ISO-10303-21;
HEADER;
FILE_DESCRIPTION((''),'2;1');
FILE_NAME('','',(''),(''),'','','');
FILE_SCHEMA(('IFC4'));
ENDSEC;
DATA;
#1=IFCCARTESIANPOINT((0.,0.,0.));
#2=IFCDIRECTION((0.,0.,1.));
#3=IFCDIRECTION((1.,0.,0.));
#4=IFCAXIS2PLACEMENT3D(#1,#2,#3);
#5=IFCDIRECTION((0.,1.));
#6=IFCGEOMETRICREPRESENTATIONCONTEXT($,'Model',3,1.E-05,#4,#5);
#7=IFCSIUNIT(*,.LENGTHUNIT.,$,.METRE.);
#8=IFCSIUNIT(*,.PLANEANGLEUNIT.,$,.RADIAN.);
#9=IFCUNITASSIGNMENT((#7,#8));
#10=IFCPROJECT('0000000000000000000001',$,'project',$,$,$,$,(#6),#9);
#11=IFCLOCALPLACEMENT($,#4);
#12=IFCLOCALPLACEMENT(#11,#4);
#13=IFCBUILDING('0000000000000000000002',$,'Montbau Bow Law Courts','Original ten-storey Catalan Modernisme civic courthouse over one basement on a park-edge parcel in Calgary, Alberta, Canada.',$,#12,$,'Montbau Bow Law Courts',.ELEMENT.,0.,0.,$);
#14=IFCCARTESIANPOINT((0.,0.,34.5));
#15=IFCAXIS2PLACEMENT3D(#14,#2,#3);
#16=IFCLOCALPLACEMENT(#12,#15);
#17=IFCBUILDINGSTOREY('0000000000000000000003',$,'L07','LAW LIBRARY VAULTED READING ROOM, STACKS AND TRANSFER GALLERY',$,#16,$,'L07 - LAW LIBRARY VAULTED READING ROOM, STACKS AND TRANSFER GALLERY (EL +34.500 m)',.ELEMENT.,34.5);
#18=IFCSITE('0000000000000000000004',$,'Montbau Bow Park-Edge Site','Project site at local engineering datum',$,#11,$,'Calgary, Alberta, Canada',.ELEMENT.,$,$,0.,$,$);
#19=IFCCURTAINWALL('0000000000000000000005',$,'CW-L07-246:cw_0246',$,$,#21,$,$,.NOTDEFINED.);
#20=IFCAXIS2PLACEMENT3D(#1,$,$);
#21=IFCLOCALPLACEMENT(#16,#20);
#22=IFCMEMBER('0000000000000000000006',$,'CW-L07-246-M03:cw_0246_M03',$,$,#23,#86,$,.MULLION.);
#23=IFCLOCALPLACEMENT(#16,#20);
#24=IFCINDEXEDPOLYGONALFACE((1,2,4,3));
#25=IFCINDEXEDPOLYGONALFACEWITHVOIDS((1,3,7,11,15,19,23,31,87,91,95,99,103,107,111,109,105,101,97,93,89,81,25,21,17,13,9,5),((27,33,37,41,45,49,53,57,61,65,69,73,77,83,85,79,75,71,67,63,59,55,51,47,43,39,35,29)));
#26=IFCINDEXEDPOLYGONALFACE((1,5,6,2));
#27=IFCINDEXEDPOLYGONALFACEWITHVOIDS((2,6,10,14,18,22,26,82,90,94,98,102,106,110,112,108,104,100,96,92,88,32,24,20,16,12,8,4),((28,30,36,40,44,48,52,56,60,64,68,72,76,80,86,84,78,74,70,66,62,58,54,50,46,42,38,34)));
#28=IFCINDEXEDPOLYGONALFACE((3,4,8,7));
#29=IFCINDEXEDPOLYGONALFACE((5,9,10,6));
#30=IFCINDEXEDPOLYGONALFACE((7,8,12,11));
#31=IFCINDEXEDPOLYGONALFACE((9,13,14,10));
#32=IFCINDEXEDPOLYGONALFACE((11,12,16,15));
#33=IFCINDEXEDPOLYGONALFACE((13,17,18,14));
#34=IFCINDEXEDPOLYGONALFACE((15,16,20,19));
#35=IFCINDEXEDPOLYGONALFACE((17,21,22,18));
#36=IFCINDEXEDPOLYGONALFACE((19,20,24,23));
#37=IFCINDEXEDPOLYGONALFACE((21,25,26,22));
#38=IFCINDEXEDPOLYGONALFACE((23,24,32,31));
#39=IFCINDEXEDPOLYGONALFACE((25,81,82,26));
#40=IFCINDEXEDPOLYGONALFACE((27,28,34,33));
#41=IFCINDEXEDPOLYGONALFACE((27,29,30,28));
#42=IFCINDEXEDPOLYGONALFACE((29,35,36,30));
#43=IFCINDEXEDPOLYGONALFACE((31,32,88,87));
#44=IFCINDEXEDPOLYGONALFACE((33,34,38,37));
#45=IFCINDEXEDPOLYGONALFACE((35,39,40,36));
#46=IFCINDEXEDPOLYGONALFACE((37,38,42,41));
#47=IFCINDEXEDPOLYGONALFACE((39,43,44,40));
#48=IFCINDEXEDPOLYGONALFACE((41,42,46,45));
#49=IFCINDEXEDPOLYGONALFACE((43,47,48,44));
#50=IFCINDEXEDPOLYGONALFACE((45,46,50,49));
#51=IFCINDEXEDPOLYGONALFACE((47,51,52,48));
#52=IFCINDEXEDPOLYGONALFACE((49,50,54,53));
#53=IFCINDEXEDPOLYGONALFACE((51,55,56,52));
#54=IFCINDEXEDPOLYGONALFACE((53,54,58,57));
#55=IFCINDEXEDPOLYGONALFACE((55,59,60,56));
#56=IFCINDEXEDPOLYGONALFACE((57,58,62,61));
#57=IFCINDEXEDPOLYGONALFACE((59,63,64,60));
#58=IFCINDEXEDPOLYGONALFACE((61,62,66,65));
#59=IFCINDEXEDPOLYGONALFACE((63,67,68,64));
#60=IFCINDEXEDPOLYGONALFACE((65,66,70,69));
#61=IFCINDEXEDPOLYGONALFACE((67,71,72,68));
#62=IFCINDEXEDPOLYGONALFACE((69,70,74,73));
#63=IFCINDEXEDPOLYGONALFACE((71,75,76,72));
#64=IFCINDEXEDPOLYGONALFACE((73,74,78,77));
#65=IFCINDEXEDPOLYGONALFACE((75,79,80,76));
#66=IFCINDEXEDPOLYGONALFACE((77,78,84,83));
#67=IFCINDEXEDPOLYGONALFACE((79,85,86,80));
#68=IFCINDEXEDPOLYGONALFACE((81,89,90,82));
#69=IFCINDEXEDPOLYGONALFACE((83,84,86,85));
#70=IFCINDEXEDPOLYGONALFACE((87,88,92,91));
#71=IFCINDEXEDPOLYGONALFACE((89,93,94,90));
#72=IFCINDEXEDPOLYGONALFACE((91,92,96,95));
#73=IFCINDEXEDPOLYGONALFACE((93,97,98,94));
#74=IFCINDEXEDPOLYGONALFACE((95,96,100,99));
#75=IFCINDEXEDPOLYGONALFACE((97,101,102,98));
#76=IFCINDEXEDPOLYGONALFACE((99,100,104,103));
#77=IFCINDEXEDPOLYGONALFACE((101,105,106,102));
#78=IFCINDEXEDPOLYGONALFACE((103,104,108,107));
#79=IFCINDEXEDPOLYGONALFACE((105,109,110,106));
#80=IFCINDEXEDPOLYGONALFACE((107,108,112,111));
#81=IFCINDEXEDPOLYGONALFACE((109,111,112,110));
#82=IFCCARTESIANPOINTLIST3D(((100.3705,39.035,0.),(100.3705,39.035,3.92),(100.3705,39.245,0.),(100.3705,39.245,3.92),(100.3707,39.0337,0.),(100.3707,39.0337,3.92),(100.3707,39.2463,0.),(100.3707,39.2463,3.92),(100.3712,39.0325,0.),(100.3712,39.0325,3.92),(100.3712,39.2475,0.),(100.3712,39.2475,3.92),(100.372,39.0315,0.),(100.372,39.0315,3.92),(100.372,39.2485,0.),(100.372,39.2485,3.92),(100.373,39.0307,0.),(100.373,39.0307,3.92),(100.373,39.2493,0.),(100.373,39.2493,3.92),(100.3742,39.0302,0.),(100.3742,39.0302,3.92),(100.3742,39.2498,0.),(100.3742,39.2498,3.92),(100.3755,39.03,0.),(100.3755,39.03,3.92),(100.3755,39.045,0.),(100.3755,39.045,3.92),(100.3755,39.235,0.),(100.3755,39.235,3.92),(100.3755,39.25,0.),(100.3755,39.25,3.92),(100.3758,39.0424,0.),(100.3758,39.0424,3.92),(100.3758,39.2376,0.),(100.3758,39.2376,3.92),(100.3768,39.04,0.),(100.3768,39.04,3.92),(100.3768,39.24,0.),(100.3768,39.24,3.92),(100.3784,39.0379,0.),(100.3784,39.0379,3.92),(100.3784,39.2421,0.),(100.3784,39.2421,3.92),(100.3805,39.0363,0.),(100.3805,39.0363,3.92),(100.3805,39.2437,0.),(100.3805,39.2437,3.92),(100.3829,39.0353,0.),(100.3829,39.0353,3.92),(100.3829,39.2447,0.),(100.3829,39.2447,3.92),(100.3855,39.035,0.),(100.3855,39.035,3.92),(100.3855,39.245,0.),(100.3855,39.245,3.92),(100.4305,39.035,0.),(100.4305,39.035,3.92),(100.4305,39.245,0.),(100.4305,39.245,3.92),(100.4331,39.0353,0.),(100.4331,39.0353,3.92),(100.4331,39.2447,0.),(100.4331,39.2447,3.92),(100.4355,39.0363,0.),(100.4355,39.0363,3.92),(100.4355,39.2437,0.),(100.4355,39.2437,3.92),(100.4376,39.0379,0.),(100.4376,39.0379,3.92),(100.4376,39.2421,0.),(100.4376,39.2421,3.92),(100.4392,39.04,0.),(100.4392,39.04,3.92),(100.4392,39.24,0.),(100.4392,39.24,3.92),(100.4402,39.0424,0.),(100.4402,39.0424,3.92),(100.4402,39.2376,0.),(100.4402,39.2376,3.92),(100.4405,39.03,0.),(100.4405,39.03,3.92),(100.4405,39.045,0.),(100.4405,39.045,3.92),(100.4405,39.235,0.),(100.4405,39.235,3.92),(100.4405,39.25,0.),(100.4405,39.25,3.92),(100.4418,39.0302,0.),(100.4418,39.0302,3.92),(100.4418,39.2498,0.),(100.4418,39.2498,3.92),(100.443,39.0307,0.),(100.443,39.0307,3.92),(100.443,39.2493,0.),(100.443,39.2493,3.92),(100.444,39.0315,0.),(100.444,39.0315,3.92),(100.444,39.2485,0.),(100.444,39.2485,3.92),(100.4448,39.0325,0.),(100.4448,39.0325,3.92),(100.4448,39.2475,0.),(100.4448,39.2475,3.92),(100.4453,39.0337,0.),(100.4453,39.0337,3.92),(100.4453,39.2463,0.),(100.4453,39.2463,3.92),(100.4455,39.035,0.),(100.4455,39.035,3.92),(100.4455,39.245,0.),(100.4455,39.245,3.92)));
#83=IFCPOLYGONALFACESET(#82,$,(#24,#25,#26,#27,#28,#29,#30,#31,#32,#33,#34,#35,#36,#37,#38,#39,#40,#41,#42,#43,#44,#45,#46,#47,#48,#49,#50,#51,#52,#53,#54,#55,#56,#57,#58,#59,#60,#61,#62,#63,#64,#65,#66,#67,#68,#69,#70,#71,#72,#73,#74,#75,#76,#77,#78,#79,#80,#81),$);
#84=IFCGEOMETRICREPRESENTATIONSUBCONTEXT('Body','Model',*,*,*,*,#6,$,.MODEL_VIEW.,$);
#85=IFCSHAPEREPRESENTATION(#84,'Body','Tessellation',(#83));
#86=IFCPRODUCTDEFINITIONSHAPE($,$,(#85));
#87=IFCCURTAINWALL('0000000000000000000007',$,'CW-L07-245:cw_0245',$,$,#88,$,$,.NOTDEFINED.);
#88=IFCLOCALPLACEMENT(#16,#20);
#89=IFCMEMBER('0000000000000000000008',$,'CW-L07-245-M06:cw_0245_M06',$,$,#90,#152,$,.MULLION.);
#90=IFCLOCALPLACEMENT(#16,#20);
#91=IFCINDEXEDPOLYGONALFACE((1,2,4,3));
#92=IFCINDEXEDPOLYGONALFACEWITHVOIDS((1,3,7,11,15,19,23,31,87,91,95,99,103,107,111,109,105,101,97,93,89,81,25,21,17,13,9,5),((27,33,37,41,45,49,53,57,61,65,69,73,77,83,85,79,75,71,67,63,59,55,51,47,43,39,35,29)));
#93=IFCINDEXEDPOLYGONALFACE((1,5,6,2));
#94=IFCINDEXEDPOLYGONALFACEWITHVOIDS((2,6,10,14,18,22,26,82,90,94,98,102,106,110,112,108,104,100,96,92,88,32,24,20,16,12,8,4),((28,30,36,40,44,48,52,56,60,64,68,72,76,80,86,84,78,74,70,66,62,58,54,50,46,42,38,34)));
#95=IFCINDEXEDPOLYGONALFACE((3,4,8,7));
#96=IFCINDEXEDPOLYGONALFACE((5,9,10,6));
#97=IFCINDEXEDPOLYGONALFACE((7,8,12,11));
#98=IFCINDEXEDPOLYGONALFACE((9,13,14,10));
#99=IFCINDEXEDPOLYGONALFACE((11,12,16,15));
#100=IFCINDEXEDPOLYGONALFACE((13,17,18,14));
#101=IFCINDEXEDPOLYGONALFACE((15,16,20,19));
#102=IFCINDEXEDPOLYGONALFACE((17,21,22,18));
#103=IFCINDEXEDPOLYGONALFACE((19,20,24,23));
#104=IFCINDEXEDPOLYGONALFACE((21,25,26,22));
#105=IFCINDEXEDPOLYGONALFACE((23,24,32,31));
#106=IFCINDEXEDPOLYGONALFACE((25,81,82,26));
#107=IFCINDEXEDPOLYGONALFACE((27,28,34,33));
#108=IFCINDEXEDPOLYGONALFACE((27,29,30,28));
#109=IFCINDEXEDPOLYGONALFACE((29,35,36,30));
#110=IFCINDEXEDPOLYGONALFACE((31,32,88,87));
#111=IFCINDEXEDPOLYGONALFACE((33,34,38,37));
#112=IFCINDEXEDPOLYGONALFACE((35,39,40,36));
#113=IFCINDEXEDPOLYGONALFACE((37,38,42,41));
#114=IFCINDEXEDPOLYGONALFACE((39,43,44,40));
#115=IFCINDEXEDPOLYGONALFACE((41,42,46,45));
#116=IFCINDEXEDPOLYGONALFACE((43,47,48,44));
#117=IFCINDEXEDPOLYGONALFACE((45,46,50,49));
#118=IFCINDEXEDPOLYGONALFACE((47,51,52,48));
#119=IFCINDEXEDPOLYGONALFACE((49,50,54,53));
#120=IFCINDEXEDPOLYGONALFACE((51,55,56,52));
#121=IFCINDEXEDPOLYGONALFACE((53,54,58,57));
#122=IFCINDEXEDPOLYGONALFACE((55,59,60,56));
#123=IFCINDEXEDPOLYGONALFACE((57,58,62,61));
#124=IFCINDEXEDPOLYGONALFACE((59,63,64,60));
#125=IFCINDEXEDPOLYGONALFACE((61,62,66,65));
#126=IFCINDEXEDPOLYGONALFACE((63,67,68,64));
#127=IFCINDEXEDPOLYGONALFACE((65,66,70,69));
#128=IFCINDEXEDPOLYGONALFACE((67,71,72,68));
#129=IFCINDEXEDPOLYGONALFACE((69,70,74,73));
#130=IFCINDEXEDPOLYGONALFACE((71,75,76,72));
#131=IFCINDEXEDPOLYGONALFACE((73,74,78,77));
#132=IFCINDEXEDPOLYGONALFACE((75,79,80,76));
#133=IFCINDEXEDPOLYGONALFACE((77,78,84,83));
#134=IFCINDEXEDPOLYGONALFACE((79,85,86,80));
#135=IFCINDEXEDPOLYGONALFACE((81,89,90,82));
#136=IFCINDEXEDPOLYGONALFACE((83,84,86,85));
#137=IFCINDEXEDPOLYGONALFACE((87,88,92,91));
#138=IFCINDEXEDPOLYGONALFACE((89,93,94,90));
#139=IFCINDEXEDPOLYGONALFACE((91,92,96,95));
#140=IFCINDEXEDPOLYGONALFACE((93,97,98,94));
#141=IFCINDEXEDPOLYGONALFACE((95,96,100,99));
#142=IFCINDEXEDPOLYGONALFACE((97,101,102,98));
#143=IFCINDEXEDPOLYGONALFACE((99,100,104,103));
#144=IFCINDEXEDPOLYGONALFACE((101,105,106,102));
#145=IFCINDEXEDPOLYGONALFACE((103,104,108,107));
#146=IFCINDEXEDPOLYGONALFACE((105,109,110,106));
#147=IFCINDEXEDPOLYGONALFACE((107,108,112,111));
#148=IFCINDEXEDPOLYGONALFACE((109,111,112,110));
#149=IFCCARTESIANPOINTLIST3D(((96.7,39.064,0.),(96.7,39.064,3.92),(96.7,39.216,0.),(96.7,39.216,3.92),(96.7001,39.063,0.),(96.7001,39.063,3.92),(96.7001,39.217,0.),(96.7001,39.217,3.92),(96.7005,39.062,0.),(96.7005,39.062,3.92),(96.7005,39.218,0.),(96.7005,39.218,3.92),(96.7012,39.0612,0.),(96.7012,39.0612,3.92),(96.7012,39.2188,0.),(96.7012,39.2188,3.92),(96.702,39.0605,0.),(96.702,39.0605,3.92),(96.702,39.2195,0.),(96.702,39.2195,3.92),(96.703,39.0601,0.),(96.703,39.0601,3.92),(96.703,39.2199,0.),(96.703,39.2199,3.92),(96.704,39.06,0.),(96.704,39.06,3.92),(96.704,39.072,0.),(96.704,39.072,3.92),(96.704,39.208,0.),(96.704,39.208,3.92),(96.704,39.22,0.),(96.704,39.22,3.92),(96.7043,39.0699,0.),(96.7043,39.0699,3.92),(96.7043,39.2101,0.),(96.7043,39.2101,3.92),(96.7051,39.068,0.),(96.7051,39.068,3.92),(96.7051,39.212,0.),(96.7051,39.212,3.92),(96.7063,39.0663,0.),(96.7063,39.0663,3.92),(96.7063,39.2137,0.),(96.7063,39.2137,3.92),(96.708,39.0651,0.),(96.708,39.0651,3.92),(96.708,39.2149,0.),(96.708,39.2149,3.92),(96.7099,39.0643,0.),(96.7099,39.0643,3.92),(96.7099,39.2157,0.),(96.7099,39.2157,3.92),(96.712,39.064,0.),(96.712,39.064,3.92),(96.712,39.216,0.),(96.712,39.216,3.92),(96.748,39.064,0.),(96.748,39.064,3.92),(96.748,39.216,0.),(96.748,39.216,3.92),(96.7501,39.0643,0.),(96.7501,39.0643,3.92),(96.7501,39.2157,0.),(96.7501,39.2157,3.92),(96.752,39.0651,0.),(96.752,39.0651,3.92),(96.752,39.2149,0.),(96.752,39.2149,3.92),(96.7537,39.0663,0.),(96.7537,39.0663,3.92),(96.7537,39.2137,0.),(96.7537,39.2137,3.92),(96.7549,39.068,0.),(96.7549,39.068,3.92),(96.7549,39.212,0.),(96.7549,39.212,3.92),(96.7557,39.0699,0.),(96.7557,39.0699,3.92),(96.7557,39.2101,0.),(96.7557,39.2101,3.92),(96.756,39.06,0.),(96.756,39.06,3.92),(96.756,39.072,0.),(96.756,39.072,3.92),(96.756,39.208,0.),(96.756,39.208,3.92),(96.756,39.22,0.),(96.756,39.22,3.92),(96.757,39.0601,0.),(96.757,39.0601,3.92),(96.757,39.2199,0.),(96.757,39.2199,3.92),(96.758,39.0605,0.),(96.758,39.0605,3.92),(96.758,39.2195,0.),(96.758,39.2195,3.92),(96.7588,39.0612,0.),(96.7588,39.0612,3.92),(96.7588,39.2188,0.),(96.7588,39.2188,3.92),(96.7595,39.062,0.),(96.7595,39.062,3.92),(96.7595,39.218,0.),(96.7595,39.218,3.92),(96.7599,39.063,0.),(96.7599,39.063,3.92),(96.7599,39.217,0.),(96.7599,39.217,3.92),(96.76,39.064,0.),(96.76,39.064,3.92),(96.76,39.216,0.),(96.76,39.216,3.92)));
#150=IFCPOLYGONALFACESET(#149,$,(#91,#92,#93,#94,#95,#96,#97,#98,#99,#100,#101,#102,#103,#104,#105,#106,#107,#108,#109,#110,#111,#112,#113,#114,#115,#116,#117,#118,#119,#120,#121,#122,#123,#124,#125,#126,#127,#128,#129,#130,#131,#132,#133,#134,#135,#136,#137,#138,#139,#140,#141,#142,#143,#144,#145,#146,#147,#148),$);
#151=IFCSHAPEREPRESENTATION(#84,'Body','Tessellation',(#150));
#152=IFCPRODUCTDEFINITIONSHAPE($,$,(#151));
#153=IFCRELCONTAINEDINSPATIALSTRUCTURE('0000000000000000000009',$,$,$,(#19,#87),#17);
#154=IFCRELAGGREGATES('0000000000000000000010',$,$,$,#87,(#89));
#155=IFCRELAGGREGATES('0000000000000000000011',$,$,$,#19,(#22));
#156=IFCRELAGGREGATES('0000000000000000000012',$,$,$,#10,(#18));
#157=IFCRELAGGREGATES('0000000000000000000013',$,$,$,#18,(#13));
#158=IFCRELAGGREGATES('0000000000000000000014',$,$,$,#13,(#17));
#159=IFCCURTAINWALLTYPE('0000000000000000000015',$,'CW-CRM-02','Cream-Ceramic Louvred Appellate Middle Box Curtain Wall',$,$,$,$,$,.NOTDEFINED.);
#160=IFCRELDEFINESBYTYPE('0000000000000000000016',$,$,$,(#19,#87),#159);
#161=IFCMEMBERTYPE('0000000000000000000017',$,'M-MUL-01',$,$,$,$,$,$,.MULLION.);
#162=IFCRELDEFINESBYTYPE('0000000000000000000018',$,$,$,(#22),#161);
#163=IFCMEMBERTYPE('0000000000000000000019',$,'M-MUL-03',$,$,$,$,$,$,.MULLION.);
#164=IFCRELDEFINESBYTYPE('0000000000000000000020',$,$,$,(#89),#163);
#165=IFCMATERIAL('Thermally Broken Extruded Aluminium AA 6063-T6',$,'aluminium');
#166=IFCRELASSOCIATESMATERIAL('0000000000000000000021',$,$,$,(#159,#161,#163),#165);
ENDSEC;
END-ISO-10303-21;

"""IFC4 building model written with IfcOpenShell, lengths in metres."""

from ifc_helpers import new_model, si_unit, direction, frame, origin_with_axes, origin_2d_with_axis, place, context, subcontext, project, spatial, hollow_rectangle, extrude, material, material_profile, profile_set, type_object, element, aggregate, save


model = new_model("IFC4")

# Units and contexts
model_context = context("Model", 3, precision=1e-05, world=origin_with_axes(), true_north=direction((0.0, 1.0)))
body_context = subcontext(model_context, "Body", "Model", "MODEL_VIEW")
ifc_project = project(units=[si_unit("LENGTHUNIT", "METRE"), si_unit("PLANEANGLEUNIT", "RADIAN")], contexts=[model_context])

# Site, building, storey
site_placement = place(None, origin_with_axes())
site = spatial("IfcSite", under=ifc_project, at=site_placement, Name="Montbau Bow Park-Edge Site", Description="Project site at local engineering datum", LongName="Calgary, Alberta, Canada", CompositionType="ELEMENT", RefElevation=0.0)
building_placement = place(site_placement, origin_with_axes())
building = spatial("IfcBuilding", under=site, at=building_placement, Name="Montbau Bow Law Courts", Description="Original ten-storey Catalan Modernisme civic courthouse over one basement on a park-edge parcel in Calgary, Alberta, Canada.", LongName="Montbau Bow Law Courts", CompositionType="ELEMENT", ElevationOfRefHeight=0.0, ElevationOfTerrain=0.0)
storey_placement = place(building_placement, frame((0.0, 0.0, 34.5), z_axis=(0.0, 0.0, 1.0), x_axis=(1.0, 0.0, 0.0)))
storey = spatial("IfcBuildingStorey", under=building, at=storey_placement, Name="L07", Description="LAW LIBRARY VAULTED READING ROOM, STACKS AND TRANSFER GALLERY", LongName="L07 - LAW LIBRARY VAULTED READING ROOM, STACKS AND TRANSFER GALLERY (EL +34.500 m)", CompositionType="ELEMENT", Elevation=34.5)

# Curtain wall, member
ifc_material_1 = material(Name="Thermally Broken Extruded Aluminium AA 6063-T6", Category="aluminium")
curtain_wall_type = type_object("IfcCurtainWallType", Name="CW-CRM-02", Description="Cream-Ceramic Louvred Appellate Middle Box Curtain Wall", PredefinedType="NOTDEFINED", material=ifc_material_1)
curtain_wall_1_placement = place(None, frame((97.64, 39.14, 34.5), z_axis=(0.0, 0.0, 1.0), x_axis=(1.0, 0.0, 0.0)))
curtain_wall_1 = element("IfcCurtainWall", 1, at=curtain_wall_1_placement, inside=storey, type_object=curtain_wall_type, Name="CW-L07-246:cw_0246", PredefinedType="NOTDEFINED")
ifc_material_profile_1 = material_profile(ifc_material_1, hollow_rectangle(XDim=0.075, YDim=0.22, WallThickness=0.005, InnerFilletRadius=0.01, OuterFilletRadius=0.005, at=origin_2d_with_axis()), Name="CWM-220X75", Category="Main", Priority=0)
ifc_profile_set_1 = profile_set([ifc_material_profile_1], Name="Thermally Broken Extruded Aluminium AA 6063-T6")
member_type_1 = type_object("IfcMemberType", Name="M-MUL-01", PredefinedType="MULLION", material=ifc_profile_set_1)
member_1_placement = place(None, frame((100.408, 39.14, 34.5), z_axis=(0.0, 0.0, 1.0), x_axis=(1.0, 0.0, 0.0)))
member_1 = element("IfcMember", 2, at=member_1_placement, type_object=member_type_1, Name="CW-L07-246-M03:cw_0246_M03", PredefinedType="MULLION", context=body_context, shape_type="SweptSolid", body=[
    extrude(hollow_rectangle(XDim=0.075, YDim=0.22, WallThickness=0.005, InnerFilletRadius=0.01, OuterFilletRadius=0.005, at=origin_2d_with_axis()), origin_with_axes(), (0.0, 0.0, 1.0), 3.92),
])

# Curtain wall, member
curtain_wall_2_placement = place(None, frame((89.24, 39.14, 34.5), z_axis=(0.0, 0.0, 1.0), x_axis=(1.0, 0.0, 0.0)))
curtain_wall_2 = element("IfcCurtainWall", 3, at=curtain_wall_2_placement, inside=storey, type_object=curtain_wall_type, Name="CW-L07-245:cw_0245", PredefinedType="NOTDEFINED")
ifc_material_profile_2 = material_profile(ifc_material_1, hollow_rectangle(XDim=0.06, YDim=0.16, WallThickness=0.004, InnerFilletRadius=0.008, OuterFilletRadius=0.004, at=origin_2d_with_axis()), Name="CWM-160X60", Category="Main", Priority=0)
ifc_profile_set_2 = profile_set([ifc_material_profile_2], Name="Thermally Broken Extruded Aluminium AA 6063-T6")
member_type_2 = type_object("IfcMemberType", Name="M-MUL-03", PredefinedType="MULLION", material=ifc_profile_set_2)
member_2_placement = place(None, frame((96.73, 39.14, 34.5), z_axis=(0.0, 0.0, 1.0), x_axis=(1.0, 0.0, 0.0)))
member_2 = element("IfcMember", 4, at=member_2_placement, type_object=member_type_2, Name="CW-L07-245-M06:cw_0245_M06", PredefinedType="MULLION", context=body_context, shape_type="SweptSolid", body=[
    extrude(hollow_rectangle(XDim=0.06, YDim=0.16, WallThickness=0.004, InnerFilletRadius=0.008, OuterFilletRadius=0.004, at=origin_2d_with_axis()), origin_with_axes(), (0.0, 0.0, 1.0), 3.92),
])
aggregate(curtain_wall_2, [member_2])

aggregate(curtain_wall_1, [member_1])

save(model, "model.ifc")
